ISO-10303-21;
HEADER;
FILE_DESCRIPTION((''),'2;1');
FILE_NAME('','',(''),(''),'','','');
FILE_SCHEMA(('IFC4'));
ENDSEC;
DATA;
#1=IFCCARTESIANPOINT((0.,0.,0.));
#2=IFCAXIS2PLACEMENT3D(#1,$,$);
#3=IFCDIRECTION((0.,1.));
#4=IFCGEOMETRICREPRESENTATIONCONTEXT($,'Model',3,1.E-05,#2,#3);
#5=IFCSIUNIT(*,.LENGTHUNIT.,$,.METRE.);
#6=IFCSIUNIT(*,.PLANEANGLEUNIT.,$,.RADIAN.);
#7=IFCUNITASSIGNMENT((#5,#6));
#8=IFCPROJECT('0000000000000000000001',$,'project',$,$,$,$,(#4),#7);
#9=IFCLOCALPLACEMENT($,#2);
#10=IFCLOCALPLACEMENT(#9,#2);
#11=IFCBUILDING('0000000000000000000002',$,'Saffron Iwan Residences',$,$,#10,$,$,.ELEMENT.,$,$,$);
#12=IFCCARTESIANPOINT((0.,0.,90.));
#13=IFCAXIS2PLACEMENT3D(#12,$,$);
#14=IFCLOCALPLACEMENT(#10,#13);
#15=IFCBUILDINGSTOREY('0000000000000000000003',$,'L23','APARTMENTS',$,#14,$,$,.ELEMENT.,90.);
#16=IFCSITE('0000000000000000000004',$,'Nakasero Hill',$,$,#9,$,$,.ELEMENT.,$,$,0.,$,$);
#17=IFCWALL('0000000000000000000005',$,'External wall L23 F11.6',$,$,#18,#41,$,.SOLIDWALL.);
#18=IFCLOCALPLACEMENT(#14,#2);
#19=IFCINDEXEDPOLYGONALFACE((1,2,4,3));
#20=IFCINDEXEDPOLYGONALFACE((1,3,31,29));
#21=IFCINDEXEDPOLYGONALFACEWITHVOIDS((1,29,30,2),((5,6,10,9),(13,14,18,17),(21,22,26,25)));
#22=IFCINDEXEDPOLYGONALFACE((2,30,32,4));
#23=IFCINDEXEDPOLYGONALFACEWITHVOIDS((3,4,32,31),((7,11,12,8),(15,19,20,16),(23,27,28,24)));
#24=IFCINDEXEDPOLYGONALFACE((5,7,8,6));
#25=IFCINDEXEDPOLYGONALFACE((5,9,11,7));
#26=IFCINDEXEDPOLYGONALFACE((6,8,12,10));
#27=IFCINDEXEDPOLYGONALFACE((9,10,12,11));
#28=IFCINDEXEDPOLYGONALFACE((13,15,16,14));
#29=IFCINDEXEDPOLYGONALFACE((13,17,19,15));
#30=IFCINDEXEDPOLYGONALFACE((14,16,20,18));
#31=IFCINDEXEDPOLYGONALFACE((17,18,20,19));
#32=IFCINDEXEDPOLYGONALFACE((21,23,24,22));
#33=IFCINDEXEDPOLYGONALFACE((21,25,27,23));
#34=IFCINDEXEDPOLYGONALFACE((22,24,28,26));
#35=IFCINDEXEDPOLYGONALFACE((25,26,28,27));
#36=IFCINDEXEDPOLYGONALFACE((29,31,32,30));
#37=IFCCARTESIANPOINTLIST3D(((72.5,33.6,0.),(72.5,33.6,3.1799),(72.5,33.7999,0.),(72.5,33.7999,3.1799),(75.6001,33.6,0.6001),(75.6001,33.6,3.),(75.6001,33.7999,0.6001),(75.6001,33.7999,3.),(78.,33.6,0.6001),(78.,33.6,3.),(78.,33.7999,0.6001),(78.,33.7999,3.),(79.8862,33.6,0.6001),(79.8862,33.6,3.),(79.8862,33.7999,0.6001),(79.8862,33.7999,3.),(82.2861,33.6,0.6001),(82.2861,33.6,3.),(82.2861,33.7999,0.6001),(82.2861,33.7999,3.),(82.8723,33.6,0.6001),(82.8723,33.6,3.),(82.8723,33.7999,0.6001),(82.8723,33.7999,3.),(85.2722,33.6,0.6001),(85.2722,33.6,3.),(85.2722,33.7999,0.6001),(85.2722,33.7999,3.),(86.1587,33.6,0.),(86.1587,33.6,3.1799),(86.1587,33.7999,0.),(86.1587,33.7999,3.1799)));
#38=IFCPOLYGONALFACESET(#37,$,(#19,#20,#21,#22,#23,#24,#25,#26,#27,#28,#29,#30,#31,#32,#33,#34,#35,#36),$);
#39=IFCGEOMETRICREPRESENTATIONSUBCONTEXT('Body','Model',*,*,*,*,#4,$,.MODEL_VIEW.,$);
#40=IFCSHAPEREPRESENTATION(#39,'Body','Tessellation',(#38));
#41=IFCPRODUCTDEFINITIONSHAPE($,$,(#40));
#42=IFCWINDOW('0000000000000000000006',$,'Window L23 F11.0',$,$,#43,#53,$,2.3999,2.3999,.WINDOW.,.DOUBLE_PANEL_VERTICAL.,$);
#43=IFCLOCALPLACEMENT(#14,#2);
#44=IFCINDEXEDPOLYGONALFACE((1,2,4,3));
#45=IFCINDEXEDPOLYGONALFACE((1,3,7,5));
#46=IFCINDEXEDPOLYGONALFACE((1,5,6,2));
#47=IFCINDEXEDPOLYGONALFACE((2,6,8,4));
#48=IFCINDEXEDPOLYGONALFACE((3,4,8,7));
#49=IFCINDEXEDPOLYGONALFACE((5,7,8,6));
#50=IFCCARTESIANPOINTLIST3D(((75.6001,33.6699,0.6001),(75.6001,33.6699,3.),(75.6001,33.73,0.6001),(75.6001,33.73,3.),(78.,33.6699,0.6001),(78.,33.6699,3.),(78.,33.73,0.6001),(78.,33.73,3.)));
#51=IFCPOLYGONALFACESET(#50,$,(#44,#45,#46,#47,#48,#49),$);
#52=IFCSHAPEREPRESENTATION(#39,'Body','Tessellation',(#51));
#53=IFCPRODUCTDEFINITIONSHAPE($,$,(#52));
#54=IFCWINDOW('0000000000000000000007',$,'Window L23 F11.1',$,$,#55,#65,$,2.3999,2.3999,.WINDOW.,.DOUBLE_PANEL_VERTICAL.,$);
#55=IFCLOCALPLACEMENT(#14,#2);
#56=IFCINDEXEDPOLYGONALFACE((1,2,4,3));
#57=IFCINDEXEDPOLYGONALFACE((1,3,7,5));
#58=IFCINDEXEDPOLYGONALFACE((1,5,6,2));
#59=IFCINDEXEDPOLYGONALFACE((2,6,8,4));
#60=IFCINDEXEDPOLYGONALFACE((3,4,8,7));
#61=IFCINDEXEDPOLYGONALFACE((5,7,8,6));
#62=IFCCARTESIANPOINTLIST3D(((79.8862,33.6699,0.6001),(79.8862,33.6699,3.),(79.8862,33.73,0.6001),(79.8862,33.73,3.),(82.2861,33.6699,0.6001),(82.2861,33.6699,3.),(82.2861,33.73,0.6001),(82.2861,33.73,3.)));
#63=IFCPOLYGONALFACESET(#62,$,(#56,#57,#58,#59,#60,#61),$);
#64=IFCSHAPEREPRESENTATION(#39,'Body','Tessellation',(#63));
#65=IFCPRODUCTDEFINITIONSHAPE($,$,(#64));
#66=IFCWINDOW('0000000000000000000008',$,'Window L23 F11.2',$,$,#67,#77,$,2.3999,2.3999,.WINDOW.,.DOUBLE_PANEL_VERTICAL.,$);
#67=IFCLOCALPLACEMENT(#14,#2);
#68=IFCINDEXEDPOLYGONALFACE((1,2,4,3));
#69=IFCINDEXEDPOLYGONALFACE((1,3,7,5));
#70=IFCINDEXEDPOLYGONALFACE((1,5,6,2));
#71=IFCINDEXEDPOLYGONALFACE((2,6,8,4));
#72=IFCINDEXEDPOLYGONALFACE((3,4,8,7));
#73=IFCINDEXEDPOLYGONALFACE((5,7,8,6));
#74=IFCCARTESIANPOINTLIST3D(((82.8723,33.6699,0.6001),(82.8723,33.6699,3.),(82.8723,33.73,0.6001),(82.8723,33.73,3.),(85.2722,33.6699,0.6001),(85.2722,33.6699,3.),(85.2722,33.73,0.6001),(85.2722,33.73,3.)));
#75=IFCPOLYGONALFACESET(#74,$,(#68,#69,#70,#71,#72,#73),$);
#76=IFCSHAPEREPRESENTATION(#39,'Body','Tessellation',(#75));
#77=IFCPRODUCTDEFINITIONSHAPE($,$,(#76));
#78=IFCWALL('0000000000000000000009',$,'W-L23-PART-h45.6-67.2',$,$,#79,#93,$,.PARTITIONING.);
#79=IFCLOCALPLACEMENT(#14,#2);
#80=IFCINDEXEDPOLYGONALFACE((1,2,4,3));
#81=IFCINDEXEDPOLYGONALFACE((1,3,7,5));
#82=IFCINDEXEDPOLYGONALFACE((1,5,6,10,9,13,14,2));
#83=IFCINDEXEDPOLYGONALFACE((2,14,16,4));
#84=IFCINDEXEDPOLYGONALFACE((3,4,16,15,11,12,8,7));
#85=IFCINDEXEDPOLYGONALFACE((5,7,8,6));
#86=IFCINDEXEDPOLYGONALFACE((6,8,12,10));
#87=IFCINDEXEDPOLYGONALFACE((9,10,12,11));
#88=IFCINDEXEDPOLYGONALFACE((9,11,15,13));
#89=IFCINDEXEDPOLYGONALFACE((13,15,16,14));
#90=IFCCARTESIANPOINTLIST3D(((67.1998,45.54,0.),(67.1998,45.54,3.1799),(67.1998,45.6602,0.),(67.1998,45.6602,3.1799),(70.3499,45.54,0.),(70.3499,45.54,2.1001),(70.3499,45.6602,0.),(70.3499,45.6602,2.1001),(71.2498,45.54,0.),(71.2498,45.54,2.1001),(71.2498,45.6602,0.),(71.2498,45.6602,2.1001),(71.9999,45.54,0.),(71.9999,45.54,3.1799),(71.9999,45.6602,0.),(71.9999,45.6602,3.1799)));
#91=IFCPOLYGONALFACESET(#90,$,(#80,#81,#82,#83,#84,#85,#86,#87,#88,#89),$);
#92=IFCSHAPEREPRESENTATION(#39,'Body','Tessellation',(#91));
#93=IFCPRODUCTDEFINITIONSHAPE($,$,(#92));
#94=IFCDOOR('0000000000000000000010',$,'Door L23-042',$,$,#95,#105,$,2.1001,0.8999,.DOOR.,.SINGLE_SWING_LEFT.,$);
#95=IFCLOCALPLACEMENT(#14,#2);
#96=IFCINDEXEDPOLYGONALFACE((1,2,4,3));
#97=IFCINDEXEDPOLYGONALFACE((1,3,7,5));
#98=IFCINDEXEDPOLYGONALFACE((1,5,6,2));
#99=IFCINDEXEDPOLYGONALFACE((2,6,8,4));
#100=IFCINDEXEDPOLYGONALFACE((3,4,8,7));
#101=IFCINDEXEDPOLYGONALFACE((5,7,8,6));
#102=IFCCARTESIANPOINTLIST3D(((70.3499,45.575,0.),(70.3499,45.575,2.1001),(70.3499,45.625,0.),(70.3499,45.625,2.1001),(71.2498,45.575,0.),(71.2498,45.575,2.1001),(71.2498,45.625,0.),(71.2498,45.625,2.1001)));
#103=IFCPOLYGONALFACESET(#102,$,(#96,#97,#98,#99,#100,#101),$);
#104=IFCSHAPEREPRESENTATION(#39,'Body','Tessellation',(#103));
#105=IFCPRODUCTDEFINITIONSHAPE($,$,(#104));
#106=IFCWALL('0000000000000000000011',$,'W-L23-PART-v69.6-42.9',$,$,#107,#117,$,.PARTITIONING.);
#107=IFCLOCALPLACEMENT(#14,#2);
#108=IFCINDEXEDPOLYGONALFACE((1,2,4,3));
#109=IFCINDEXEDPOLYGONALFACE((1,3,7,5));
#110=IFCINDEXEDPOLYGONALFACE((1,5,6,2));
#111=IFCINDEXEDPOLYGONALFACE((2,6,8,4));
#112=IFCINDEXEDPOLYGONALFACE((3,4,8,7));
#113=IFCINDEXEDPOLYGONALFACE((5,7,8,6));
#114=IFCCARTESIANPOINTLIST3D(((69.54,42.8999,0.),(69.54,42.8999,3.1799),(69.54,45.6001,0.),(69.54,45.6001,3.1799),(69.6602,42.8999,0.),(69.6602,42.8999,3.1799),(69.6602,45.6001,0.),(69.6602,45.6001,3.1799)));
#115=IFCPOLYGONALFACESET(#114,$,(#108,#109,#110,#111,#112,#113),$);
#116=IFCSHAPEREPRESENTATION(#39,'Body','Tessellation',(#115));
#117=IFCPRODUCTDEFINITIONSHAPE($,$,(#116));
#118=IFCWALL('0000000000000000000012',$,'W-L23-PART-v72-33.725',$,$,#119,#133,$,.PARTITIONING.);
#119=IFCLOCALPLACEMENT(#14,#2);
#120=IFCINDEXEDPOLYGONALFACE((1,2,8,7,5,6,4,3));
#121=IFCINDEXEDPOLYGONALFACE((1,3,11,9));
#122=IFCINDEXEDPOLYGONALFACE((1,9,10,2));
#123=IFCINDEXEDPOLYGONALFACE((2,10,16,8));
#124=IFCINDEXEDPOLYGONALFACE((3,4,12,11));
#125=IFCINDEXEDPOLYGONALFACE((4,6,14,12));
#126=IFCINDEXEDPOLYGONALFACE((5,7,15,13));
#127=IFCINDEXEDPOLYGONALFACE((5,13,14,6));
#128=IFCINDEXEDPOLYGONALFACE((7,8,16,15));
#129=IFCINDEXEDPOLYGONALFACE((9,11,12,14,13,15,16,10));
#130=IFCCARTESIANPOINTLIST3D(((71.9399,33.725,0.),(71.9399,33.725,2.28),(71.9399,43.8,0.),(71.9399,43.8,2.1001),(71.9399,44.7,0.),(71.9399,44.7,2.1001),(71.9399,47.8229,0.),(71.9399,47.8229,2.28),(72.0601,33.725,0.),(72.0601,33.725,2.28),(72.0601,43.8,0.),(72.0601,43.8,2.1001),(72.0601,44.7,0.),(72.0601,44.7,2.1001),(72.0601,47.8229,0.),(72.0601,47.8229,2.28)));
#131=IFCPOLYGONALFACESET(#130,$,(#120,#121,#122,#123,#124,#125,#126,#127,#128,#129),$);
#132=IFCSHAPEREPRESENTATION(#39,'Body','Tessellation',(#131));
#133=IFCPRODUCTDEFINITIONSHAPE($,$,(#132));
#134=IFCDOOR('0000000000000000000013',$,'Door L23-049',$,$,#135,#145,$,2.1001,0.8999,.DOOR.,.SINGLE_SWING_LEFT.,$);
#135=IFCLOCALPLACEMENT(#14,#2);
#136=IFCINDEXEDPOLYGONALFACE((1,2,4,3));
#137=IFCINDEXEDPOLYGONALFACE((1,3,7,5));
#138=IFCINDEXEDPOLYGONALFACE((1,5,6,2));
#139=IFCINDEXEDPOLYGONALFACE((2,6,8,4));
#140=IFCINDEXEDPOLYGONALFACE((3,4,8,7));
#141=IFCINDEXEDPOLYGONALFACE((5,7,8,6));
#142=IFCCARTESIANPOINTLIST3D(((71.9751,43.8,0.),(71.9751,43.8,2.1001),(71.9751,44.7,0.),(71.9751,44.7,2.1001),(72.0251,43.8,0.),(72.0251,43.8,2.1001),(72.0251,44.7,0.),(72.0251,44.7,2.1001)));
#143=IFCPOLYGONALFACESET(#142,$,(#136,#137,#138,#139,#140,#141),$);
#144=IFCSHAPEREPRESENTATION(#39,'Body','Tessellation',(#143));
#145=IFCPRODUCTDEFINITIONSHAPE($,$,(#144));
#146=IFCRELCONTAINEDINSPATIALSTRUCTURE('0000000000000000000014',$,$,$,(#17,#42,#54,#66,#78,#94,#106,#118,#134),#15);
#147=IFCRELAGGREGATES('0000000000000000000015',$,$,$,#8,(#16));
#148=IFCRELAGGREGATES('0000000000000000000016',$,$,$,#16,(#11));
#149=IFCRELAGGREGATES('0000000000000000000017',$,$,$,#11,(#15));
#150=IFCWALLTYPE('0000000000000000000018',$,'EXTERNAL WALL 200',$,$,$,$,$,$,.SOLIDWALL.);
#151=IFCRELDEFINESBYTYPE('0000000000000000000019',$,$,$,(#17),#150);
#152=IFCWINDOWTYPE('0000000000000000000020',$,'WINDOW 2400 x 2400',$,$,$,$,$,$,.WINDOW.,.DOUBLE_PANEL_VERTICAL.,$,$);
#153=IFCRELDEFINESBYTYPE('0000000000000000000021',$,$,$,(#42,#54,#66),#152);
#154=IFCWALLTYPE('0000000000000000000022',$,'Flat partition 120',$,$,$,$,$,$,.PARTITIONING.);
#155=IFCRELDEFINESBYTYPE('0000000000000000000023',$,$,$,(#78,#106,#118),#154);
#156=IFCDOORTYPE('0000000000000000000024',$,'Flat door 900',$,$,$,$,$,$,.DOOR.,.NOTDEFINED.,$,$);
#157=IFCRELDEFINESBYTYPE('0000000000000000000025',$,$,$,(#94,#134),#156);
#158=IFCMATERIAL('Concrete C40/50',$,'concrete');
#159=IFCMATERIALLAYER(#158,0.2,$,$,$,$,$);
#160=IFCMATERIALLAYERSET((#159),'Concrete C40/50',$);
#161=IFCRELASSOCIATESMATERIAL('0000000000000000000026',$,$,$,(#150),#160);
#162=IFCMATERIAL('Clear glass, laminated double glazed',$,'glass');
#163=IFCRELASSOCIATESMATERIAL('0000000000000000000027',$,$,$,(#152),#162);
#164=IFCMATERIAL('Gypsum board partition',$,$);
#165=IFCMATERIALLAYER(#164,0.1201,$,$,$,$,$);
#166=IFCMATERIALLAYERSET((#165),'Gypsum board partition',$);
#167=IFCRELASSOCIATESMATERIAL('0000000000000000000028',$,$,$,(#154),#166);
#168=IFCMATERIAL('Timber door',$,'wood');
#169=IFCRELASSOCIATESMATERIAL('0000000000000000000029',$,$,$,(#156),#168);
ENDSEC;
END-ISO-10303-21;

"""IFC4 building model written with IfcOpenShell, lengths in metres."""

from ifc_helpers import new_model, si_unit, direction, frame, frame_2d, origin, place, context, subcontext, project, spatial, rectangle, extrude, material, layer, layer_set, type_object, element, fill, save


model = new_model("IFC4")

# Units and contexts
model_context = context("Model", 3, precision=1e-05, world=origin(), true_north=direction((0.0, 1.0)))
body_context = subcontext(model_context, "Body", "Model", "MODEL_VIEW")
ifc_project = project(units=[si_unit("LENGTHUNIT", "METRE"), si_unit("PLANEANGLEUNIT", "RADIAN")], contexts=[model_context])

# Site, building, storey
site_placement = place(None, origin())
site = spatial("IfcSite", under=ifc_project, at=site_placement, Name="Nakasero Hill", CompositionType="ELEMENT", RefElevation=0.0)
building_placement = place(site_placement, origin())
building = spatial("IfcBuilding", under=site, at=building_placement, Name="Saffron Iwan Residences", CompositionType="ELEMENT")
storey_placement = place(building_placement, frame((0.0, 0.0, 90.0)))
storey = spatial("IfcBuildingStorey", under=building, at=storey_placement, Name="L23", Description="APARTMENTS", CompositionType="ELEMENT", Elevation=90.0)

# Shared definitions
ifc_material_1 = material(Name="Concrete C40/50", Category="concrete")
ifc_layer_1 = layer(ifc_material_1, 0.2)
ifc_layer_set_1 = layer_set([ifc_layer_1], Name="Concrete C40/50")
wall_type_1 = type_object("IfcWallType", Name="EXTERNAL WALL 200", PredefinedType="SOLIDWALL", material=ifc_layer_set_1)

# Wall, openings, windows
wall_1_placement = place(storey_placement, frame((72.5, 33.7, 0.0), z_axis=(0.0, 0.0, 1.0), x_axis=(1.0, 0.0, 0.0)))
wall_1 = element("IfcWall", 1, at=wall_1_placement, inside=storey, type_object=wall_type_1, Name="External wall L23 F11.6", PredefinedType="SOLIDWALL", context=body_context, shape_type="SweptSolid", body=[
    extrude(rectangle(XDim=13.6587, YDim=0.2, at=frame_2d((6.8293, 0.0))), origin(), (0.0, 0.0, 1.0), 3.1799),
])
opening_1_placement = place(wall_1_placement, frame((3.1001, 0.0, 0.6001)))
opening_1 = element("IfcOpeningElement", 2, at=opening_1_placement, cuts=wall_1, PredefinedType="OPENING", context=body_context, shape_type="SweptSolid", body=[
    extrude(rectangle(XDim=2.3999, YDim=2.3999, at=frame_2d((1.2, 1.2))), frame((0.0, 0.1099, 0.0), z_axis=(0.0, -1.0, 0.0), x_axis=(1.0, 0.0, 0.0)), (0.0, 0.0, 1.0), 0.22),
])
opening_2_placement = place(wall_1_placement, frame((7.3862, 0.0, 0.6001)))
opening_2 = element("IfcOpeningElement", 3, at=opening_2_placement, cuts=wall_1, PredefinedType="OPENING", context=body_context, shape_type="SweptSolid", body=[
    extrude(rectangle(XDim=2.3999, YDim=2.3999, at=frame_2d((1.2, 1.2))), frame((0.0, 0.1099, 0.0), z_axis=(0.0, -1.0, 0.0), x_axis=(1.0, 0.0, 0.0)), (0.0, 0.0, 1.0), 0.22),
])
opening_3_placement = place(wall_1_placement, frame((10.3723, 0.0, 0.6001)))
opening_3 = element("IfcOpeningElement", 4, at=opening_3_placement, cuts=wall_1, PredefinedType="OPENING", context=body_context, shape_type="SweptSolid", body=[
    extrude(rectangle(XDim=2.3999, YDim=2.3999, at=frame_2d((1.2, 1.2))), frame((0.0, 0.1099, 0.0), z_axis=(0.0, -1.0, 0.0), x_axis=(1.0, 0.0, 0.0)), (0.0, 0.0, 1.0), 0.22),
])
ifc_material_2 = material(Name="Clear glass, laminated double glazed", Category="glass")
window_type = type_object("IfcWindowType", Name="WINDOW 2400 x 2400", PartitioningType="DOUBLE_PANEL_VERTICAL", PredefinedType="WINDOW", material=ifc_material_2)
window_1_placement = place(opening_1_placement, origin())
window_1 = element("IfcWindow", 5, at=window_1_placement, inside=storey, type_object=window_type, Name="Window L23 F11.0", OverallHeight=2.3999, OverallWidth=2.3999, PartitioningType="DOUBLE_PANEL_VERTICAL", PredefinedType="WINDOW", context=body_context, shape_type="SweptSolid", body=[
    extrude(rectangle(XDim=2.3999, YDim=2.3999, at=frame_2d((1.2, 1.2))), frame((0.0, 0.03, 0.0), z_axis=(0.0, -1.0, 0.0), x_axis=(1.0, 0.0, 0.0)), (0.0, 0.0, 1.0), 0.0601),
])
fill(opening_1, window_1)
window_2_placement = place(opening_2_placement, origin())
window_2 = element("IfcWindow", 6, at=window_2_placement, inside=storey, type_object=window_type, Name="Window L23 F11.1", OverallHeight=2.3999, OverallWidth=2.3999, PartitioningType="DOUBLE_PANEL_VERTICAL", PredefinedType="WINDOW", context=body_context, shape_type="SweptSolid", body=[
    extrude(rectangle(XDim=2.3999, YDim=2.3999, at=frame_2d((1.2, 1.2))), frame((0.0, 0.03, 0.0), z_axis=(0.0, -1.0, 0.0), x_axis=(1.0, 0.0, 0.0)), (0.0, 0.0, 1.0), 0.0601),
])
fill(opening_2, window_2)
window_3_placement = place(opening_3_placement, origin())
window_3 = element("IfcWindow", 7, at=window_3_placement, inside=storey, type_object=window_type, Name="Window L23 F11.2", OverallHeight=2.3999, OverallWidth=2.3999, PartitioningType="DOUBLE_PANEL_VERTICAL", PredefinedType="WINDOW", context=body_context, shape_type="SweptSolid", body=[
    extrude(rectangle(XDim=2.3999, YDim=2.3999, at=frame_2d((1.2, 1.2))), frame((0.0, 0.03, 0.0), z_axis=(0.0, -1.0, 0.0), x_axis=(1.0, 0.0, 0.0)), (0.0, 0.0, 1.0), 0.0601),
])
fill(opening_3, window_3)

# Wall, opening, door
ifc_material_3 = material(Name="Gypsum board partition")
ifc_layer_2 = layer(ifc_material_3, 0.1201)
ifc_layer_set_2 = layer_set([ifc_layer_2], Name="Gypsum board partition")
wall_type_2 = type_object("IfcWallType", Name="Flat partition 120", PredefinedType="PARTITIONING", material=ifc_layer_set_2)
wall_2_placement = place(storey_placement, frame((67.2, 45.6001, 0.0), z_axis=(0.0, 0.0, 1.0), x_axis=(1.0, 0.0, 0.0)))
wall_2 = element("IfcWall", 8, at=wall_2_placement, inside=storey, type_object=wall_type_2, Name="W-L23-PART-h45.6-67.2", PredefinedType="PARTITIONING", context=body_context, shape_type="SweptSolid", body=[
    extrude(rectangle(XDim=4.8, YDim=0.1201, at=frame_2d((2.3999, 0.0))), origin(), (0.0, 0.0, 1.0), 3.1799),
])
opening_4_placement = place(wall_2_placement, frame((3.1499, 0.0, 0.0)))
opening_4 = element("IfcOpeningElement", 9, at=opening_4_placement, cuts=wall_2, PredefinedType="OPENING", context=body_context, shape_type="SweptSolid", body=[
    extrude(rectangle(XDim=0.8999, YDim=2.1001, at=frame_2d((0.45, 1.05))), frame((0.0, 0.0701, 0.0), z_axis=(0.0, -1.0, 0.0), x_axis=(1.0, 0.0, 0.0)), (0.0, 0.0, 1.0), 0.1401),
])
ifc_material_4 = material(Name="Timber door", Category="wood")
door_type = type_object("IfcDoorType", Name="Flat door 900", OperationType="NOTDEFINED", PredefinedType="DOOR", material=ifc_material_4)
door_1_placement = place(opening_4_placement, origin())
door_1 = element("IfcDoor", 10, at=door_1_placement, inside=storey, type_object=door_type, Name="Door L23-042", OperationType="SINGLE_SWING_LEFT", OverallHeight=2.1001, OverallWidth=0.8999, PredefinedType="DOOR", context=body_context, shape_type="SweptSolid", body=[
    extrude(rectangle(XDim=0.8999, YDim=2.1001, at=frame_2d((0.45, 1.05))), frame((0.0, 0.0249, 0.0), z_axis=(0.0, -1.0, 0.0), x_axis=(1.0, 0.0, 0.0)), (0.0, 0.0, 1.0), 0.05),
])
fill(opening_4, door_1)

# Wall
wall_3_placement = place(storey_placement, frame((69.6001, 42.8999, 0.0), z_axis=(0.0, 0.0, 1.0), x_axis=(0.0, 1.0, 0.0)))
element("IfcWall", 11, at=wall_3_placement, inside=storey, type_object=wall_type_2, Name="W-L23-PART-v69.6-42.9", PredefinedType="PARTITIONING", context=body_context, shape_type="SweptSolid", body=[
    extrude(rectangle(XDim=2.7002, YDim=0.1201, at=frame_2d((1.3501, 0.0))), origin(), (0.0, 0.0, 1.0), 3.1799),
])

# Wall, opening, door
wall_4_placement = place(storey_placement, frame((72.0, 33.7251, 0.0), z_axis=(0.0, 0.0, 1.0), x_axis=(0.0, 1.0, 0.0)))
wall_4 = element("IfcWall", 12, at=wall_4_placement, inside=storey, type_object=wall_type_2, Name="W-L23-PART-v72-33.725", PredefinedType="PARTITIONING", context=body_context, shape_type="SweptSolid", body=[
    extrude(rectangle(XDim=14.0979, YDim=0.1201, at=frame_2d((7.0488, 0.0))), origin(), (0.0, 0.0, 1.0), 2.28),
])
opening_5_placement = place(wall_4_placement, frame((10.075, 0.0, 0.0)))
opening_5 = element("IfcOpeningElement", 13, at=opening_5_placement, cuts=wall_4, PredefinedType="OPENING", context=body_context, shape_type="SweptSolid", body=[
    extrude(rectangle(XDim=0.8999, YDim=2.1001, at=frame_2d((0.45, 1.05))), frame((0.0, 0.0701, 0.0), z_axis=(0.0, -1.0, 0.0), x_axis=(1.0, 0.0, 0.0)), (0.0, 0.0, 1.0), 0.1401),
])
door_2_placement = place(opening_5_placement, origin())
door_2 = element("IfcDoor", 14, at=door_2_placement, inside=storey, type_object=door_type, Name="Door L23-049", OperationType="SINGLE_SWING_LEFT", OverallHeight=2.1001, OverallWidth=0.8999, PredefinedType="DOOR", context=body_context, shape_type="SweptSolid", body=[
    extrude(rectangle(XDim=0.8999, YDim=2.1001, at=frame_2d((0.45, 1.05))), frame((0.0, 0.0249, 0.0), z_axis=(0.0, -1.0, 0.0), x_axis=(1.0, 0.0, 0.0)), (0.0, 0.0, 1.0), 0.05),
])
fill(opening_5, door_2)

save(model, "model.ifc")
